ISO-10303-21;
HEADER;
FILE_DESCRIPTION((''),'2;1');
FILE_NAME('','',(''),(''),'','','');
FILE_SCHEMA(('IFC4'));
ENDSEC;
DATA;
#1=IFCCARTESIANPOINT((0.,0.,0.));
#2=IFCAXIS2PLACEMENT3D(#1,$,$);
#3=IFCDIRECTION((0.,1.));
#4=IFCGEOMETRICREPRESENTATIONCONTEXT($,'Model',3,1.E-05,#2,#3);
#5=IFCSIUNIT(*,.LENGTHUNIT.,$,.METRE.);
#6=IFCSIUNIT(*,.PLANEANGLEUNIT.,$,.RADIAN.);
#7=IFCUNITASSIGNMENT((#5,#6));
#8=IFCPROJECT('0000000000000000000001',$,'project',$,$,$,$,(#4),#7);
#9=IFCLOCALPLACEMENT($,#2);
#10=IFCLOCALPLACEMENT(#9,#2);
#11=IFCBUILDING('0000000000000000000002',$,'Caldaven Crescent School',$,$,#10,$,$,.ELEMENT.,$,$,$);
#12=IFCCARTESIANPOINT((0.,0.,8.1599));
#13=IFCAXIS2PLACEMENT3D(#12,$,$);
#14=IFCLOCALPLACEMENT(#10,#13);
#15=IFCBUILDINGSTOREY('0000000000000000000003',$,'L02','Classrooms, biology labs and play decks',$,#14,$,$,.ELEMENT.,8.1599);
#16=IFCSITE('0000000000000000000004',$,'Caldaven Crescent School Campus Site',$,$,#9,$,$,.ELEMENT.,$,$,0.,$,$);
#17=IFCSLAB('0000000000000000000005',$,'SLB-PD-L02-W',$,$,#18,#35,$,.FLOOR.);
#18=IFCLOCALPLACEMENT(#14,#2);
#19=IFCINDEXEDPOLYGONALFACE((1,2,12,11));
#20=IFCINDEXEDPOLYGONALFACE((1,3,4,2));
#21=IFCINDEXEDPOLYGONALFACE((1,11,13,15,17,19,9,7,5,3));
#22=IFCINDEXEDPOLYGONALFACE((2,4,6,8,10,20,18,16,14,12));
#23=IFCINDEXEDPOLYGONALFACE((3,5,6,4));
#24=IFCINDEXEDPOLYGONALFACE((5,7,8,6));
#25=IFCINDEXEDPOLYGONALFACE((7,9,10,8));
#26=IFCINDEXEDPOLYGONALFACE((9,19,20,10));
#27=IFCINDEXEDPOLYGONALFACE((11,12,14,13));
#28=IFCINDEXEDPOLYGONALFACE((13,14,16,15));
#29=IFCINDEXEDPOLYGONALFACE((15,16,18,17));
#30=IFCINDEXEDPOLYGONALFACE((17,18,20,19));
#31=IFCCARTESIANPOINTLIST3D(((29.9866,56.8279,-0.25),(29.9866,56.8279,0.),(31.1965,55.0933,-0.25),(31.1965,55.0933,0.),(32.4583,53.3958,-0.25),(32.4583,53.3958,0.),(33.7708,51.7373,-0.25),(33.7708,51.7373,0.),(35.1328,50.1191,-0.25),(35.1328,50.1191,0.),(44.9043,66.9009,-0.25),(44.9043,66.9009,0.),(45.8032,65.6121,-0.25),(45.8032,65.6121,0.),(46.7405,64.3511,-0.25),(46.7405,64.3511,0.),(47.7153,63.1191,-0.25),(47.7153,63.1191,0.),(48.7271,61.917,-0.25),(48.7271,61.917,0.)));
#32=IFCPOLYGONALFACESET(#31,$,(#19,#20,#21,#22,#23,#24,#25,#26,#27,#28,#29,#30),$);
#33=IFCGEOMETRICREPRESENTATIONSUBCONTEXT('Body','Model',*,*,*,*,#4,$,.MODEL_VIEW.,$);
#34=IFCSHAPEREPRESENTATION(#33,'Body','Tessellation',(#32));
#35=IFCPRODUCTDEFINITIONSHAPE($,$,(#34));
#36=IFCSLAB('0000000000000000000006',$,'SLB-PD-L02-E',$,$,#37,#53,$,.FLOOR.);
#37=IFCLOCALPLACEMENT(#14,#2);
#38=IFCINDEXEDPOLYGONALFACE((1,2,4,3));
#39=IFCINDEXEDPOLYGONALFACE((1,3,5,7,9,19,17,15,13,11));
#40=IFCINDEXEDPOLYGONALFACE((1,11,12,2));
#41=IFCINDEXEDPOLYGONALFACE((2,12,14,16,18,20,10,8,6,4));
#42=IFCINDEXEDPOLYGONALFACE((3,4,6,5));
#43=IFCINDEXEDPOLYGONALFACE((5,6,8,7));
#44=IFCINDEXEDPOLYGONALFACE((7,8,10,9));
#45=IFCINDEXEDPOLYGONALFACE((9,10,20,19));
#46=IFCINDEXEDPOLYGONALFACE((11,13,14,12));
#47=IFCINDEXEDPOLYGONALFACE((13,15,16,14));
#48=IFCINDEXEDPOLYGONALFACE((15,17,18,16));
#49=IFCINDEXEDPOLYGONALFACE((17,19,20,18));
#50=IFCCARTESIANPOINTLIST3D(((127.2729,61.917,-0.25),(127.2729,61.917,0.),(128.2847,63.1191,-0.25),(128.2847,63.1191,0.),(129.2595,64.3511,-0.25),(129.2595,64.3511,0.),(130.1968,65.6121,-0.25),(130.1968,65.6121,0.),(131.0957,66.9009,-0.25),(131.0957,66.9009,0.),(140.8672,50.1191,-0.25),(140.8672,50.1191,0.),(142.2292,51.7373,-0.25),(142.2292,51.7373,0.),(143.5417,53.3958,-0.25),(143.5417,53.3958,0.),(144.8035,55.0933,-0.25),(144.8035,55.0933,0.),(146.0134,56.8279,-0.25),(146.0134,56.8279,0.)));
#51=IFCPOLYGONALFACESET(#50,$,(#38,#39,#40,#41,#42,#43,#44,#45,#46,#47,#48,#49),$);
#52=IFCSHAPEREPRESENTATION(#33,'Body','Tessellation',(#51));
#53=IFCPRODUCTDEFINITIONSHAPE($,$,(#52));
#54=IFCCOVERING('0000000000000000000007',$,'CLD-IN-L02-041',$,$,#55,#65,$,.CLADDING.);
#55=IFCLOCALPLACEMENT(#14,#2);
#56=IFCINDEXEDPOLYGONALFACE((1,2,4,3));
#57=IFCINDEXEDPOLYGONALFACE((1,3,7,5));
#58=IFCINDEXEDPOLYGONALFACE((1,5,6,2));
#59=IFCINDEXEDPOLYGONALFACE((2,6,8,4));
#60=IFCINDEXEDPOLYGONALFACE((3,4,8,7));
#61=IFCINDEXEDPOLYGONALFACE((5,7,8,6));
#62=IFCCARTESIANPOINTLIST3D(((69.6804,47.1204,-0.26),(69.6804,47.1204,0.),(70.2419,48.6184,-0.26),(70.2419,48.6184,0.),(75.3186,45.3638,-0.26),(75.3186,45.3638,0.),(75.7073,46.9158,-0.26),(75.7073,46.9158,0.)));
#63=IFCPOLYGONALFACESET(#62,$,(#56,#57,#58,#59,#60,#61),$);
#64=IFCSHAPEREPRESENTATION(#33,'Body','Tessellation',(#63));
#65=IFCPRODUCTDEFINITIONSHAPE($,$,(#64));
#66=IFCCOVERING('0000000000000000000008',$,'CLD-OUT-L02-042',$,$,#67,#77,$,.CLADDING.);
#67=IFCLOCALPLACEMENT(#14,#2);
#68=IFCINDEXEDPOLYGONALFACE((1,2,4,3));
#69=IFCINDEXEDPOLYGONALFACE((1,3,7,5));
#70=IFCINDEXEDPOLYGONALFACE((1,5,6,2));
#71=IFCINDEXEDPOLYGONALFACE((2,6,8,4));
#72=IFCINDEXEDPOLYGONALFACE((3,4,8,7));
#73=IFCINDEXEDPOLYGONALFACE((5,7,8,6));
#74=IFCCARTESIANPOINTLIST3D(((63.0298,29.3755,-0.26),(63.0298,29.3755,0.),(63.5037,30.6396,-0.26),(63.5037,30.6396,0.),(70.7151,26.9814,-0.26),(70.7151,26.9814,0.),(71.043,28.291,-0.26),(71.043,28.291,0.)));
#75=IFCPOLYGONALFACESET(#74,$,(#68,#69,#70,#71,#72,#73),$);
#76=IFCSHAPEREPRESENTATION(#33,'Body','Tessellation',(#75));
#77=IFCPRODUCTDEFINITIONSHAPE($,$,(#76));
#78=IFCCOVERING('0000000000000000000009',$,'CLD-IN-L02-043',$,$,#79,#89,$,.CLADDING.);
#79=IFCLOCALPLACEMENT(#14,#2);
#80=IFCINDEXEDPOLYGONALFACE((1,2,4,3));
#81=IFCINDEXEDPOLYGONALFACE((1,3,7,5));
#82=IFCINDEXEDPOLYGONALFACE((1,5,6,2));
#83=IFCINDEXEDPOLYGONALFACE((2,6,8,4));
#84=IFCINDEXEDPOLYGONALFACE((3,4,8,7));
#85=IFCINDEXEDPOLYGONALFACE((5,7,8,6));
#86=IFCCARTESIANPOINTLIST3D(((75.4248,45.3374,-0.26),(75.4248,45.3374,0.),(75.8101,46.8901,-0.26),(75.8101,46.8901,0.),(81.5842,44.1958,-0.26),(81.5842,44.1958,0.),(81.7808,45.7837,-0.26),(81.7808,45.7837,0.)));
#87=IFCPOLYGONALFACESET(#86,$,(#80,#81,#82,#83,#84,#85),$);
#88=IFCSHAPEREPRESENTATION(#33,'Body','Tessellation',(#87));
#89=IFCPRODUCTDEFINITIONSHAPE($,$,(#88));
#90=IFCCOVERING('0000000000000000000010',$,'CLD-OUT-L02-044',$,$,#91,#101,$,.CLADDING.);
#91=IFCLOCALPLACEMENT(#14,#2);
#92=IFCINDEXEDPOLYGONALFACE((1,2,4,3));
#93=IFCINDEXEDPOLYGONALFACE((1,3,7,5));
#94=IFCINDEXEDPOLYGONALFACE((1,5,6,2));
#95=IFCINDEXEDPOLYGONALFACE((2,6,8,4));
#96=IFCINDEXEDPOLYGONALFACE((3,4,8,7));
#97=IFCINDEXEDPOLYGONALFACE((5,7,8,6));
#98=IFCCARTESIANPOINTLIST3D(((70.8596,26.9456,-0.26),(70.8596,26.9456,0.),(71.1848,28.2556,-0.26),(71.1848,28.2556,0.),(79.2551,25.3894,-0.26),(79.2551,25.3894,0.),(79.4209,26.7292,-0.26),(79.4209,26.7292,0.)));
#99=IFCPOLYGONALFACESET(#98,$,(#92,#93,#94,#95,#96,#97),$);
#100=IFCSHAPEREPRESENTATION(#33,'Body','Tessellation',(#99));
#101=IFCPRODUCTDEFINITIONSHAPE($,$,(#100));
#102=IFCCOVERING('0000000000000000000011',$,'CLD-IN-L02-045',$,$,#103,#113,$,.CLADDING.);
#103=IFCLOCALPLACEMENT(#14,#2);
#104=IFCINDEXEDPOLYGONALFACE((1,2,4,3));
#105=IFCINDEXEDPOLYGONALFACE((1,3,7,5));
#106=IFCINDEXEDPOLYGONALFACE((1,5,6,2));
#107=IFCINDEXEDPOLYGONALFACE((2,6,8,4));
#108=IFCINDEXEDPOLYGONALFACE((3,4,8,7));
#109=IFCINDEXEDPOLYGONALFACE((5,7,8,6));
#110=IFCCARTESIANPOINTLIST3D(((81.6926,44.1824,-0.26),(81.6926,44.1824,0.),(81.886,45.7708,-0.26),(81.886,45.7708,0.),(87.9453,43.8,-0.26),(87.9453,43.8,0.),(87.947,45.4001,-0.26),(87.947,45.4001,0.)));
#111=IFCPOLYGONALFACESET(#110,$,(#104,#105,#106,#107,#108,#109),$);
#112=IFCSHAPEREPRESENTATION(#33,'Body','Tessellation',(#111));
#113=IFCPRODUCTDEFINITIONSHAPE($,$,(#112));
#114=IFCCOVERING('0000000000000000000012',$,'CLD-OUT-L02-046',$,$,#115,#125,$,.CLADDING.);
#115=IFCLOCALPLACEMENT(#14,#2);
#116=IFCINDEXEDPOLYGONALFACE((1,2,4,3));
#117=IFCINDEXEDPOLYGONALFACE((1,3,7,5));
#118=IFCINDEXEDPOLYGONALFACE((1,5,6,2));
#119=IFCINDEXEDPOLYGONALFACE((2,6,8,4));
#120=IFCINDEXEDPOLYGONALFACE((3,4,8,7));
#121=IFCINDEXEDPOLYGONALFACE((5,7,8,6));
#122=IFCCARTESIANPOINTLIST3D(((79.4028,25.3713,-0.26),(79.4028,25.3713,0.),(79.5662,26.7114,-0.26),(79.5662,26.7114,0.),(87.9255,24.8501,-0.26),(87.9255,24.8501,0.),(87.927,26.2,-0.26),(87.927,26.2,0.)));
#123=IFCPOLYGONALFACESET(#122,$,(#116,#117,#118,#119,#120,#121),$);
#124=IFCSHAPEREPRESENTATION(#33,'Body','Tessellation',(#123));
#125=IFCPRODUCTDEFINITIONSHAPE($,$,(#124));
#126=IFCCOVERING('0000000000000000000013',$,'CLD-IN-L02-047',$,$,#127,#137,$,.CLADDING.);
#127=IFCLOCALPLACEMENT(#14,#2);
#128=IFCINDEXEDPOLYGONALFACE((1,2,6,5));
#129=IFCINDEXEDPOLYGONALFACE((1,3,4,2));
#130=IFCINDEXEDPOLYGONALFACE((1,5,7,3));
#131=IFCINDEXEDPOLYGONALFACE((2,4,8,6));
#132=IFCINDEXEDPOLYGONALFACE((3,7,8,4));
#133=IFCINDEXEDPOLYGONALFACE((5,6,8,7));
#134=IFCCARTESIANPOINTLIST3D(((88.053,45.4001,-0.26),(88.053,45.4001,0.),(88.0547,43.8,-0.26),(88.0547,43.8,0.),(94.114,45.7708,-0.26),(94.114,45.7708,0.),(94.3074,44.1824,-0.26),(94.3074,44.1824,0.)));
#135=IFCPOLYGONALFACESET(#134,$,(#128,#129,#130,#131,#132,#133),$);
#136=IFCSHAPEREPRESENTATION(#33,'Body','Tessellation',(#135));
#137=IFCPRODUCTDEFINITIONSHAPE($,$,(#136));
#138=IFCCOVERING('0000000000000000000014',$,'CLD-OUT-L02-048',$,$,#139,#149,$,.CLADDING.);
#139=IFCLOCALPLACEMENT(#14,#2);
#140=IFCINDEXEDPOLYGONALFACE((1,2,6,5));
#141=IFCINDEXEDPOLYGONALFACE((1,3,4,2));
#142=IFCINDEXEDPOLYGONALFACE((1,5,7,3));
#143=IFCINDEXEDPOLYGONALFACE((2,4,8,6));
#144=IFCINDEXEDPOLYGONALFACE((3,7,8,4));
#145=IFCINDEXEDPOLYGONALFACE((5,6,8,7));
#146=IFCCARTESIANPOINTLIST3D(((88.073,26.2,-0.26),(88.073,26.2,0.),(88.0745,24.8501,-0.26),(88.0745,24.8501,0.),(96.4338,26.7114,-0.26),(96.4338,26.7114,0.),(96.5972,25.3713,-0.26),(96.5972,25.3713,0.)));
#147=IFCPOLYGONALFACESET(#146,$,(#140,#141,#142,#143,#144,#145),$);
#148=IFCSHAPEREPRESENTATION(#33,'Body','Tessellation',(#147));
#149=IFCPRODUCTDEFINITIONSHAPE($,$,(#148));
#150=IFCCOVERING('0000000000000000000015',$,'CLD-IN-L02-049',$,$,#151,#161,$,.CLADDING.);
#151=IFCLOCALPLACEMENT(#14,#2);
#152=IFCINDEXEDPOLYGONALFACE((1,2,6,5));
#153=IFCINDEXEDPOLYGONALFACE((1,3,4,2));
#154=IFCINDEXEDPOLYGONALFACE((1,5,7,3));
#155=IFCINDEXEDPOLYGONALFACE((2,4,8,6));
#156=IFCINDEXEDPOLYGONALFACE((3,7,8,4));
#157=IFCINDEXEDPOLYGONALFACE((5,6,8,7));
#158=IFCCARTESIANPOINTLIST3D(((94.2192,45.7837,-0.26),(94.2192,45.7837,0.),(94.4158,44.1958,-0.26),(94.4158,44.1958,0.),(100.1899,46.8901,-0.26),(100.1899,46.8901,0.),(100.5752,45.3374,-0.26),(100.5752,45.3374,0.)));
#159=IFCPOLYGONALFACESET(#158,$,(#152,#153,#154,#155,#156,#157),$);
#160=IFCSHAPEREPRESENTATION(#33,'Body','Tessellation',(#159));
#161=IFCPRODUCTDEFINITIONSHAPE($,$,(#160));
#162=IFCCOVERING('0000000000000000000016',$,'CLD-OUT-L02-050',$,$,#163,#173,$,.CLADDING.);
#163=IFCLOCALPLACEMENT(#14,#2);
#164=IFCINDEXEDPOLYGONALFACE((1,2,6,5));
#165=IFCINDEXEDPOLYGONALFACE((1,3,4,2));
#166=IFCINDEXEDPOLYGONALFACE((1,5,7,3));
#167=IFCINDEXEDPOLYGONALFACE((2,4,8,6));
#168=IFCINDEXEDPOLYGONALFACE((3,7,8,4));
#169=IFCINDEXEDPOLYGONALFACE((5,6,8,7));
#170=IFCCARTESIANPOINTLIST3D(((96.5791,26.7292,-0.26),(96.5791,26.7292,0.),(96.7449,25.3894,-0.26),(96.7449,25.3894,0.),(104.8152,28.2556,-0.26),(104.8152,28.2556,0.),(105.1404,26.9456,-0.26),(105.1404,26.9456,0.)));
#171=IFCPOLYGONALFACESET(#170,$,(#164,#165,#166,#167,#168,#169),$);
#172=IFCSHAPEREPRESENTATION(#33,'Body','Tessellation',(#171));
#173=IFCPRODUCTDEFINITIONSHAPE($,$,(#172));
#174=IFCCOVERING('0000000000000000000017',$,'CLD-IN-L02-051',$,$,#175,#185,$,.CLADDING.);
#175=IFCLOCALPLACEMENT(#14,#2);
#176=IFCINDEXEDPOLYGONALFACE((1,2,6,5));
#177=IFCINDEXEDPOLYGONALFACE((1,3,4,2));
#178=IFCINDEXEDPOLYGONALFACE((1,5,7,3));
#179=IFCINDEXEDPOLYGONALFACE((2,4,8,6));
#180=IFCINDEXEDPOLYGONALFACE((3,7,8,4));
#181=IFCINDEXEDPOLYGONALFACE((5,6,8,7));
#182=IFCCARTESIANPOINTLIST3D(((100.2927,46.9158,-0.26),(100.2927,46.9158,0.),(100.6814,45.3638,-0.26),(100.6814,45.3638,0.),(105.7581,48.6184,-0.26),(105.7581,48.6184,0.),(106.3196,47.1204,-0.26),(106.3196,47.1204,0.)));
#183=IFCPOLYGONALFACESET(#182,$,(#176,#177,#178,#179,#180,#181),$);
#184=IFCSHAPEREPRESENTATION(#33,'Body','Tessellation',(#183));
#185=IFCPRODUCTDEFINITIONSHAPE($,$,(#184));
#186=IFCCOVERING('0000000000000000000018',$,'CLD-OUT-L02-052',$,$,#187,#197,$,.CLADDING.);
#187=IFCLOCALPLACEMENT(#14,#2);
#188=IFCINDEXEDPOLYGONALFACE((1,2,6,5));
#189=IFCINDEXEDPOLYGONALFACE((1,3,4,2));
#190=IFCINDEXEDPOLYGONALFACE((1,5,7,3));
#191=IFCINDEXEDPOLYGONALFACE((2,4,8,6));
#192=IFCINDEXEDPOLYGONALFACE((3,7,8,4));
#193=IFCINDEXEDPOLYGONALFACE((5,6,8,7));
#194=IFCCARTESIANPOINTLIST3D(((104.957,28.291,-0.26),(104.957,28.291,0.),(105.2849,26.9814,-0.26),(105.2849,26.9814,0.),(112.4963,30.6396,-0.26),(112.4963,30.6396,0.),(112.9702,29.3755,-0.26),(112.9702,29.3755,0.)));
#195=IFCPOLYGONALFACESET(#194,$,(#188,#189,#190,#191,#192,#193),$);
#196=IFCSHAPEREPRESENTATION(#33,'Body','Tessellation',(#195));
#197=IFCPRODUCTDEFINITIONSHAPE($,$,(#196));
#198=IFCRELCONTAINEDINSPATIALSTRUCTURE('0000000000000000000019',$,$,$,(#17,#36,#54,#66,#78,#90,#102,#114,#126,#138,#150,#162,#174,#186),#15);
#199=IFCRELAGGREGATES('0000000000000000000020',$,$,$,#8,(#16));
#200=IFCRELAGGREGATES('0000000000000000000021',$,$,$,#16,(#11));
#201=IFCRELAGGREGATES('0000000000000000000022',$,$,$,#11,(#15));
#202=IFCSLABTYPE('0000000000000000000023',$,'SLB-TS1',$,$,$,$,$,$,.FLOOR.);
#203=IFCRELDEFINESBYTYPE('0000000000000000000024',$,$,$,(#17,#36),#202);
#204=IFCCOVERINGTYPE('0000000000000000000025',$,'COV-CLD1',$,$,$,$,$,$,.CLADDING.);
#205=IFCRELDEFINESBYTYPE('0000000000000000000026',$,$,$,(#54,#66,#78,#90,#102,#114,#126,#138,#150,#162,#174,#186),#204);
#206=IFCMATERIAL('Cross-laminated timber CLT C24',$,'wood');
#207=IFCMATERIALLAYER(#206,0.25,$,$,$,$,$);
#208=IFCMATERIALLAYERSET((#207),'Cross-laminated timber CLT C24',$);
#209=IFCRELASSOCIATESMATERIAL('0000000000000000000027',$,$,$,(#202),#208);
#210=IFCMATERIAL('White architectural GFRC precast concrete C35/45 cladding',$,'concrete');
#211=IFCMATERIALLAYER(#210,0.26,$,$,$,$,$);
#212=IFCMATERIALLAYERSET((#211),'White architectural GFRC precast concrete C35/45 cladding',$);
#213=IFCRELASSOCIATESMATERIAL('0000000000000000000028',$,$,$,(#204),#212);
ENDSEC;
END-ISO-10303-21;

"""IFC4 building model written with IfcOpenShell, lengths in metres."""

from ifc_helpers import new_model, si_unit, direction, frame, origin, place, context, subcontext, project, spatial, polyline, outline, extrude, material, layer, layer_set, type_object, element, save


model = new_model("IFC4")

# Units and contexts
model_context = context("Model", 3, precision=1e-05, world=origin(), true_north=direction((0.0, 1.0)))
body_context = subcontext(model_context, "Body", "Model", "MODEL_VIEW")
ifc_project = project(units=[si_unit("LENGTHUNIT", "METRE"), si_unit("PLANEANGLEUNIT", "RADIAN")], contexts=[model_context])

# Site, building, storey
site_placement = place(None, origin())
site = spatial("IfcSite", under=ifc_project, at=site_placement, Name="Caldaven Crescent School Campus Site", CompositionType="ELEMENT", RefElevation=0.0)
building_placement = place(site_placement, origin())
building = spatial("IfcBuilding", under=site, at=building_placement, Name="Caldaven Crescent School", CompositionType="ELEMENT")
storey_placement = place(building_placement, frame((0.0, 0.0, 8.1599)))
storey = spatial("IfcBuildingStorey", under=building, at=storey_placement, Name="L02", Description="Classrooms, biology labs and play decks", CompositionType="ELEMENT", Elevation=8.1599)

# Slabs
ifc_material_1 = material(Name="Cross-laminated timber CLT C24", Category="wood")
ifc_layer_1 = layer(ifc_material_1, 0.25)
ifc_layer_set_1 = layer_set([ifc_layer_1], Name="Cross-laminated timber CLT C24")
slab_type = type_object("IfcSlabType", Name="SLB-TS1", PredefinedType="FLOOR", material=ifc_layer_set_1)
slab_1_placement = place(storey_placement, frame((0.0, 0.0, -0.25)))
element("IfcSlab", 1, at=slab_1_placement, inside=storey, type_object=slab_type, Name="SLB-PD-L02-W", PredefinedType="FLOOR", context=body_context, shape_type="SweptSolid", body=[
    extrude(outline(polyline([(29.9866, 56.8279), (31.1965, 55.0933), (32.4583, 53.3958), (33.7708, 51.7373), (35.1328, 50.1191), (48.7271, 61.917), (47.7153, 63.1191), (46.7405, 64.3511), (45.8032, 65.6121), (44.9043, 66.9009), (29.9866, 56.8279)])), origin(), (0.0, 0.0, 1.0), 0.25),
])
slab_2_placement = place(storey_placement, frame((0.0, 0.0, -0.25)))
element("IfcSlab", 2, at=slab_2_placement, inside=storey, type_object=slab_type, Name="SLB-PD-L02-E", PredefinedType="FLOOR", context=body_context, shape_type="SweptSolid", body=[
    extrude(outline(polyline([(140.8672, 50.1191), (142.2292, 51.7373), (143.5417, 53.3958), (144.8035, 55.0933), (146.0134, 56.8279), (131.0957, 66.9009), (130.1968, 65.6121), (129.2595, 64.3511), (128.2847, 63.1191), (127.2729, 61.917), (140.8672, 50.1191)])), origin(), (0.0, 0.0, 1.0), 0.25),
])

# Coverings
ifc_material_2 = material(Name="White architectural GFRC precast concrete C35/45 cladding", Category="concrete")
ifc_layer_2 = layer(ifc_material_2, 0.26)
ifc_layer_set_2 = layer_set([ifc_layer_2], Name="White architectural GFRC precast concrete C35/45 cladding")
covering_type_1 = type_object("IfcCoveringType", Name="COV-CLD1", PredefinedType="CLADDING", material=ifc_layer_set_2)
covering_1_placement = place(storey_placement, frame((0.0, 0.0, -0.26)))
element("IfcCovering", 3, at=covering_1_placement, inside=storey, type_object=covering_type_1, Name="CLD-IN-L02-041", PredefinedType="CLADDING", context=body_context, shape_type="SweptSolid", body=[
    extrude(outline(polyline([(70.2419, 48.6184), (75.7073, 46.9158), (75.3186, 45.3638), (69.6804, 47.1204), (70.2419, 48.6184)])), origin(), (0.0, 0.0, 1.0), 0.26),
])
covering_2_placement = place(storey_placement, frame((0.0, 0.0, -0.26)))
element("IfcCovering", 4, at=covering_2_placement, inside=storey, type_object=covering_type_1, Name="CLD-OUT-L02-042", PredefinedType="CLADDING", context=body_context, shape_type="SweptSolid", body=[
    extrude(outline(polyline([(63.5037, 30.6396), (71.043, 28.291), (70.7151, 26.9814), (63.0298, 29.3755), (63.5037, 30.6396)])), origin(), (0.0, 0.0, 1.0), 0.26),
])
covering_3_placement = place(storey_placement, frame((0.0, 0.0, -0.26)))
element("IfcCovering", 5, at=covering_3_placement, inside=storey, type_object=covering_type_1, Name="CLD-IN-L02-043", PredefinedType="CLADDING", context=body_context, shape_type="SweptSolid", body=[
    extrude(outline(polyline([(75.8101, 46.8901), (81.7808, 45.7837), (81.5842, 44.1958), (75.4248, 45.3374), (75.8101, 46.8901)])), origin(), (0.0, 0.0, 1.0), 0.26),
])
covering_4_placement = place(storey_placement, frame((0.0, 0.0, -0.26)))
element("IfcCovering", 6, at=covering_4_placement, inside=storey, type_object=covering_type_1, Name="CLD-OUT-L02-044", PredefinedType="CLADDING", context=body_context, shape_type="SweptSolid", body=[
    extrude(outline(polyline([(71.1848, 28.2556), (79.4209, 26.7292), (79.2551, 25.3894), (70.8596, 26.9456), (71.1848, 28.2556)])), origin(), (0.0, 0.0, 1.0), 0.26),
])
covering_5_placement = place(storey_placement, frame((0.0, 0.0, -0.26)))
element("IfcCovering", 7, at=covering_5_placement, inside=storey, type_object=covering_type_1, Name="CLD-IN-L02-045", PredefinedType="CLADDING", context=body_context, shape_type="SweptSolid", body=[
    extrude(outline(polyline([(81.886, 45.7708), (87.947, 45.4001), (87.9453, 43.8), (81.6926, 44.1824), (81.886, 45.7708)])), origin(), (0.0, 0.0, 1.0), 0.26),
])
covering_6_placement = place(storey_placement, frame((0.0, 0.0, -0.26)))
element("IfcCovering", 8, at=covering_6_placement, inside=storey, type_object=covering_type_1, Name="CLD-OUT-L02-046", PredefinedType="CLADDING", context=body_context, shape_type="SweptSolid", body=[
    extrude(outline(polyline([(79.5662, 26.7114), (87.927, 26.2), (87.9255, 24.8501), (79.4028, 25.3713), (79.5662, 26.7114)])), origin(), (0.0, 0.0, 1.0), 0.26),
])
covering_7_placement = place(storey_placement, frame((0.0, 0.0, -0.26)))
element("IfcCovering", 9, at=covering_7_placement, inside=storey, type_object=covering_type_1, Name="CLD-IN-L02-047", PredefinedType="CLADDING", context=body_context, shape_type="SweptSolid", body=[
    extrude(outline(polyline([(88.053, 45.4001), (94.114, 45.7708), (94.3074, 44.1824), (88.0547, 43.8), (88.053, 45.4001)])), origin(), (0.0, 0.0, 1.0), 0.26),
])
covering_8_placement = place(storey_placement, frame((0.0, 0.0, -0.26)))
element("IfcCovering", 10, at=covering_8_placement, inside=storey, type_object=covering_type_1, Name="CLD-OUT-L02-048", PredefinedType="CLADDING", context=body_context, shape_type="SweptSolid", body=[
    extrude(outline(polyline([(88.073, 26.2), (96.4338, 26.7114), (96.5972, 25.3713), (88.0745, 24.8501), (88.073, 26.2)])), origin(), (0.0, 0.0, 1.0), 0.26),
])
covering_9_placement = place(storey_placement, frame((0.0, 0.0, -0.26)))
element("IfcCovering", 11, at=covering_9_placement, inside=storey, type_object=covering_type_1, Name="CLD-IN-L02-049", PredefinedType="CLADDING", context=body_context, shape_type="SweptSolid", body=[
    extrude(outline(polyline([(94.2192, 45.7837), (100.1899, 46.8901), (100.5752, 45.3374), (94.4158, 44.1958), (94.2192, 45.7837)])), origin(), (0.0, 0.0, 1.0), 0.26),
])
covering_10_placement = place(storey_placement, frame((0.0, 0.0, -0.26)))
element("IfcCovering", 12, at=covering_10_placement, inside=storey, type_object=covering_type_1, Name="CLD-OUT-L02-050", PredefinedType="CLADDING", context=body_context, shape_type="SweptSolid", body=[
    extrude(outline(polyline([(96.5791, 26.7292), (104.8152, 28.2556), (105.1404, 26.9456), (96.7449, 25.3894), (96.5791, 26.7292)])), origin(), (0.0, 0.0, 1.0), 0.26),
])
covering_11_placement = place(storey_placement, frame((0.0, 0.0, -0.26)))
element("IfcCovering", 13, at=covering_11_placement, inside=storey, type_object=covering_type_1, Name="CLD-IN-L02-051", PredefinedType="CLADDING", context=body_context, shape_type="SweptSolid", body=[
    extrude(outline(polyline([(100.2927, 46.9158), (105.7581, 48.6184), (106.3196, 47.1204), (100.6814, 45.3638), (100.2927, 46.9158)])), origin(), (0.0, 0.0, 1.0), 0.26),
])
covering_12_placement = place(storey_placement, frame((0.0, 0.0, -0.26)))
element("IfcCovering", 14, at=covering_12_placement, inside=storey, type_object=covering_type_1, Name="CLD-OUT-L02-052", PredefinedType="CLADDING", context=body_context, shape_type="SweptSolid", body=[
    extrude(outline(polyline([(104.957, 28.291), (112.4963, 30.6396), (112.9702, 29.3755), (105.2849, 26.9814), (104.957, 28.291)])), origin(), (0.0, 0.0, 1.0), 0.26),
])

save(model, "model.ifc")
